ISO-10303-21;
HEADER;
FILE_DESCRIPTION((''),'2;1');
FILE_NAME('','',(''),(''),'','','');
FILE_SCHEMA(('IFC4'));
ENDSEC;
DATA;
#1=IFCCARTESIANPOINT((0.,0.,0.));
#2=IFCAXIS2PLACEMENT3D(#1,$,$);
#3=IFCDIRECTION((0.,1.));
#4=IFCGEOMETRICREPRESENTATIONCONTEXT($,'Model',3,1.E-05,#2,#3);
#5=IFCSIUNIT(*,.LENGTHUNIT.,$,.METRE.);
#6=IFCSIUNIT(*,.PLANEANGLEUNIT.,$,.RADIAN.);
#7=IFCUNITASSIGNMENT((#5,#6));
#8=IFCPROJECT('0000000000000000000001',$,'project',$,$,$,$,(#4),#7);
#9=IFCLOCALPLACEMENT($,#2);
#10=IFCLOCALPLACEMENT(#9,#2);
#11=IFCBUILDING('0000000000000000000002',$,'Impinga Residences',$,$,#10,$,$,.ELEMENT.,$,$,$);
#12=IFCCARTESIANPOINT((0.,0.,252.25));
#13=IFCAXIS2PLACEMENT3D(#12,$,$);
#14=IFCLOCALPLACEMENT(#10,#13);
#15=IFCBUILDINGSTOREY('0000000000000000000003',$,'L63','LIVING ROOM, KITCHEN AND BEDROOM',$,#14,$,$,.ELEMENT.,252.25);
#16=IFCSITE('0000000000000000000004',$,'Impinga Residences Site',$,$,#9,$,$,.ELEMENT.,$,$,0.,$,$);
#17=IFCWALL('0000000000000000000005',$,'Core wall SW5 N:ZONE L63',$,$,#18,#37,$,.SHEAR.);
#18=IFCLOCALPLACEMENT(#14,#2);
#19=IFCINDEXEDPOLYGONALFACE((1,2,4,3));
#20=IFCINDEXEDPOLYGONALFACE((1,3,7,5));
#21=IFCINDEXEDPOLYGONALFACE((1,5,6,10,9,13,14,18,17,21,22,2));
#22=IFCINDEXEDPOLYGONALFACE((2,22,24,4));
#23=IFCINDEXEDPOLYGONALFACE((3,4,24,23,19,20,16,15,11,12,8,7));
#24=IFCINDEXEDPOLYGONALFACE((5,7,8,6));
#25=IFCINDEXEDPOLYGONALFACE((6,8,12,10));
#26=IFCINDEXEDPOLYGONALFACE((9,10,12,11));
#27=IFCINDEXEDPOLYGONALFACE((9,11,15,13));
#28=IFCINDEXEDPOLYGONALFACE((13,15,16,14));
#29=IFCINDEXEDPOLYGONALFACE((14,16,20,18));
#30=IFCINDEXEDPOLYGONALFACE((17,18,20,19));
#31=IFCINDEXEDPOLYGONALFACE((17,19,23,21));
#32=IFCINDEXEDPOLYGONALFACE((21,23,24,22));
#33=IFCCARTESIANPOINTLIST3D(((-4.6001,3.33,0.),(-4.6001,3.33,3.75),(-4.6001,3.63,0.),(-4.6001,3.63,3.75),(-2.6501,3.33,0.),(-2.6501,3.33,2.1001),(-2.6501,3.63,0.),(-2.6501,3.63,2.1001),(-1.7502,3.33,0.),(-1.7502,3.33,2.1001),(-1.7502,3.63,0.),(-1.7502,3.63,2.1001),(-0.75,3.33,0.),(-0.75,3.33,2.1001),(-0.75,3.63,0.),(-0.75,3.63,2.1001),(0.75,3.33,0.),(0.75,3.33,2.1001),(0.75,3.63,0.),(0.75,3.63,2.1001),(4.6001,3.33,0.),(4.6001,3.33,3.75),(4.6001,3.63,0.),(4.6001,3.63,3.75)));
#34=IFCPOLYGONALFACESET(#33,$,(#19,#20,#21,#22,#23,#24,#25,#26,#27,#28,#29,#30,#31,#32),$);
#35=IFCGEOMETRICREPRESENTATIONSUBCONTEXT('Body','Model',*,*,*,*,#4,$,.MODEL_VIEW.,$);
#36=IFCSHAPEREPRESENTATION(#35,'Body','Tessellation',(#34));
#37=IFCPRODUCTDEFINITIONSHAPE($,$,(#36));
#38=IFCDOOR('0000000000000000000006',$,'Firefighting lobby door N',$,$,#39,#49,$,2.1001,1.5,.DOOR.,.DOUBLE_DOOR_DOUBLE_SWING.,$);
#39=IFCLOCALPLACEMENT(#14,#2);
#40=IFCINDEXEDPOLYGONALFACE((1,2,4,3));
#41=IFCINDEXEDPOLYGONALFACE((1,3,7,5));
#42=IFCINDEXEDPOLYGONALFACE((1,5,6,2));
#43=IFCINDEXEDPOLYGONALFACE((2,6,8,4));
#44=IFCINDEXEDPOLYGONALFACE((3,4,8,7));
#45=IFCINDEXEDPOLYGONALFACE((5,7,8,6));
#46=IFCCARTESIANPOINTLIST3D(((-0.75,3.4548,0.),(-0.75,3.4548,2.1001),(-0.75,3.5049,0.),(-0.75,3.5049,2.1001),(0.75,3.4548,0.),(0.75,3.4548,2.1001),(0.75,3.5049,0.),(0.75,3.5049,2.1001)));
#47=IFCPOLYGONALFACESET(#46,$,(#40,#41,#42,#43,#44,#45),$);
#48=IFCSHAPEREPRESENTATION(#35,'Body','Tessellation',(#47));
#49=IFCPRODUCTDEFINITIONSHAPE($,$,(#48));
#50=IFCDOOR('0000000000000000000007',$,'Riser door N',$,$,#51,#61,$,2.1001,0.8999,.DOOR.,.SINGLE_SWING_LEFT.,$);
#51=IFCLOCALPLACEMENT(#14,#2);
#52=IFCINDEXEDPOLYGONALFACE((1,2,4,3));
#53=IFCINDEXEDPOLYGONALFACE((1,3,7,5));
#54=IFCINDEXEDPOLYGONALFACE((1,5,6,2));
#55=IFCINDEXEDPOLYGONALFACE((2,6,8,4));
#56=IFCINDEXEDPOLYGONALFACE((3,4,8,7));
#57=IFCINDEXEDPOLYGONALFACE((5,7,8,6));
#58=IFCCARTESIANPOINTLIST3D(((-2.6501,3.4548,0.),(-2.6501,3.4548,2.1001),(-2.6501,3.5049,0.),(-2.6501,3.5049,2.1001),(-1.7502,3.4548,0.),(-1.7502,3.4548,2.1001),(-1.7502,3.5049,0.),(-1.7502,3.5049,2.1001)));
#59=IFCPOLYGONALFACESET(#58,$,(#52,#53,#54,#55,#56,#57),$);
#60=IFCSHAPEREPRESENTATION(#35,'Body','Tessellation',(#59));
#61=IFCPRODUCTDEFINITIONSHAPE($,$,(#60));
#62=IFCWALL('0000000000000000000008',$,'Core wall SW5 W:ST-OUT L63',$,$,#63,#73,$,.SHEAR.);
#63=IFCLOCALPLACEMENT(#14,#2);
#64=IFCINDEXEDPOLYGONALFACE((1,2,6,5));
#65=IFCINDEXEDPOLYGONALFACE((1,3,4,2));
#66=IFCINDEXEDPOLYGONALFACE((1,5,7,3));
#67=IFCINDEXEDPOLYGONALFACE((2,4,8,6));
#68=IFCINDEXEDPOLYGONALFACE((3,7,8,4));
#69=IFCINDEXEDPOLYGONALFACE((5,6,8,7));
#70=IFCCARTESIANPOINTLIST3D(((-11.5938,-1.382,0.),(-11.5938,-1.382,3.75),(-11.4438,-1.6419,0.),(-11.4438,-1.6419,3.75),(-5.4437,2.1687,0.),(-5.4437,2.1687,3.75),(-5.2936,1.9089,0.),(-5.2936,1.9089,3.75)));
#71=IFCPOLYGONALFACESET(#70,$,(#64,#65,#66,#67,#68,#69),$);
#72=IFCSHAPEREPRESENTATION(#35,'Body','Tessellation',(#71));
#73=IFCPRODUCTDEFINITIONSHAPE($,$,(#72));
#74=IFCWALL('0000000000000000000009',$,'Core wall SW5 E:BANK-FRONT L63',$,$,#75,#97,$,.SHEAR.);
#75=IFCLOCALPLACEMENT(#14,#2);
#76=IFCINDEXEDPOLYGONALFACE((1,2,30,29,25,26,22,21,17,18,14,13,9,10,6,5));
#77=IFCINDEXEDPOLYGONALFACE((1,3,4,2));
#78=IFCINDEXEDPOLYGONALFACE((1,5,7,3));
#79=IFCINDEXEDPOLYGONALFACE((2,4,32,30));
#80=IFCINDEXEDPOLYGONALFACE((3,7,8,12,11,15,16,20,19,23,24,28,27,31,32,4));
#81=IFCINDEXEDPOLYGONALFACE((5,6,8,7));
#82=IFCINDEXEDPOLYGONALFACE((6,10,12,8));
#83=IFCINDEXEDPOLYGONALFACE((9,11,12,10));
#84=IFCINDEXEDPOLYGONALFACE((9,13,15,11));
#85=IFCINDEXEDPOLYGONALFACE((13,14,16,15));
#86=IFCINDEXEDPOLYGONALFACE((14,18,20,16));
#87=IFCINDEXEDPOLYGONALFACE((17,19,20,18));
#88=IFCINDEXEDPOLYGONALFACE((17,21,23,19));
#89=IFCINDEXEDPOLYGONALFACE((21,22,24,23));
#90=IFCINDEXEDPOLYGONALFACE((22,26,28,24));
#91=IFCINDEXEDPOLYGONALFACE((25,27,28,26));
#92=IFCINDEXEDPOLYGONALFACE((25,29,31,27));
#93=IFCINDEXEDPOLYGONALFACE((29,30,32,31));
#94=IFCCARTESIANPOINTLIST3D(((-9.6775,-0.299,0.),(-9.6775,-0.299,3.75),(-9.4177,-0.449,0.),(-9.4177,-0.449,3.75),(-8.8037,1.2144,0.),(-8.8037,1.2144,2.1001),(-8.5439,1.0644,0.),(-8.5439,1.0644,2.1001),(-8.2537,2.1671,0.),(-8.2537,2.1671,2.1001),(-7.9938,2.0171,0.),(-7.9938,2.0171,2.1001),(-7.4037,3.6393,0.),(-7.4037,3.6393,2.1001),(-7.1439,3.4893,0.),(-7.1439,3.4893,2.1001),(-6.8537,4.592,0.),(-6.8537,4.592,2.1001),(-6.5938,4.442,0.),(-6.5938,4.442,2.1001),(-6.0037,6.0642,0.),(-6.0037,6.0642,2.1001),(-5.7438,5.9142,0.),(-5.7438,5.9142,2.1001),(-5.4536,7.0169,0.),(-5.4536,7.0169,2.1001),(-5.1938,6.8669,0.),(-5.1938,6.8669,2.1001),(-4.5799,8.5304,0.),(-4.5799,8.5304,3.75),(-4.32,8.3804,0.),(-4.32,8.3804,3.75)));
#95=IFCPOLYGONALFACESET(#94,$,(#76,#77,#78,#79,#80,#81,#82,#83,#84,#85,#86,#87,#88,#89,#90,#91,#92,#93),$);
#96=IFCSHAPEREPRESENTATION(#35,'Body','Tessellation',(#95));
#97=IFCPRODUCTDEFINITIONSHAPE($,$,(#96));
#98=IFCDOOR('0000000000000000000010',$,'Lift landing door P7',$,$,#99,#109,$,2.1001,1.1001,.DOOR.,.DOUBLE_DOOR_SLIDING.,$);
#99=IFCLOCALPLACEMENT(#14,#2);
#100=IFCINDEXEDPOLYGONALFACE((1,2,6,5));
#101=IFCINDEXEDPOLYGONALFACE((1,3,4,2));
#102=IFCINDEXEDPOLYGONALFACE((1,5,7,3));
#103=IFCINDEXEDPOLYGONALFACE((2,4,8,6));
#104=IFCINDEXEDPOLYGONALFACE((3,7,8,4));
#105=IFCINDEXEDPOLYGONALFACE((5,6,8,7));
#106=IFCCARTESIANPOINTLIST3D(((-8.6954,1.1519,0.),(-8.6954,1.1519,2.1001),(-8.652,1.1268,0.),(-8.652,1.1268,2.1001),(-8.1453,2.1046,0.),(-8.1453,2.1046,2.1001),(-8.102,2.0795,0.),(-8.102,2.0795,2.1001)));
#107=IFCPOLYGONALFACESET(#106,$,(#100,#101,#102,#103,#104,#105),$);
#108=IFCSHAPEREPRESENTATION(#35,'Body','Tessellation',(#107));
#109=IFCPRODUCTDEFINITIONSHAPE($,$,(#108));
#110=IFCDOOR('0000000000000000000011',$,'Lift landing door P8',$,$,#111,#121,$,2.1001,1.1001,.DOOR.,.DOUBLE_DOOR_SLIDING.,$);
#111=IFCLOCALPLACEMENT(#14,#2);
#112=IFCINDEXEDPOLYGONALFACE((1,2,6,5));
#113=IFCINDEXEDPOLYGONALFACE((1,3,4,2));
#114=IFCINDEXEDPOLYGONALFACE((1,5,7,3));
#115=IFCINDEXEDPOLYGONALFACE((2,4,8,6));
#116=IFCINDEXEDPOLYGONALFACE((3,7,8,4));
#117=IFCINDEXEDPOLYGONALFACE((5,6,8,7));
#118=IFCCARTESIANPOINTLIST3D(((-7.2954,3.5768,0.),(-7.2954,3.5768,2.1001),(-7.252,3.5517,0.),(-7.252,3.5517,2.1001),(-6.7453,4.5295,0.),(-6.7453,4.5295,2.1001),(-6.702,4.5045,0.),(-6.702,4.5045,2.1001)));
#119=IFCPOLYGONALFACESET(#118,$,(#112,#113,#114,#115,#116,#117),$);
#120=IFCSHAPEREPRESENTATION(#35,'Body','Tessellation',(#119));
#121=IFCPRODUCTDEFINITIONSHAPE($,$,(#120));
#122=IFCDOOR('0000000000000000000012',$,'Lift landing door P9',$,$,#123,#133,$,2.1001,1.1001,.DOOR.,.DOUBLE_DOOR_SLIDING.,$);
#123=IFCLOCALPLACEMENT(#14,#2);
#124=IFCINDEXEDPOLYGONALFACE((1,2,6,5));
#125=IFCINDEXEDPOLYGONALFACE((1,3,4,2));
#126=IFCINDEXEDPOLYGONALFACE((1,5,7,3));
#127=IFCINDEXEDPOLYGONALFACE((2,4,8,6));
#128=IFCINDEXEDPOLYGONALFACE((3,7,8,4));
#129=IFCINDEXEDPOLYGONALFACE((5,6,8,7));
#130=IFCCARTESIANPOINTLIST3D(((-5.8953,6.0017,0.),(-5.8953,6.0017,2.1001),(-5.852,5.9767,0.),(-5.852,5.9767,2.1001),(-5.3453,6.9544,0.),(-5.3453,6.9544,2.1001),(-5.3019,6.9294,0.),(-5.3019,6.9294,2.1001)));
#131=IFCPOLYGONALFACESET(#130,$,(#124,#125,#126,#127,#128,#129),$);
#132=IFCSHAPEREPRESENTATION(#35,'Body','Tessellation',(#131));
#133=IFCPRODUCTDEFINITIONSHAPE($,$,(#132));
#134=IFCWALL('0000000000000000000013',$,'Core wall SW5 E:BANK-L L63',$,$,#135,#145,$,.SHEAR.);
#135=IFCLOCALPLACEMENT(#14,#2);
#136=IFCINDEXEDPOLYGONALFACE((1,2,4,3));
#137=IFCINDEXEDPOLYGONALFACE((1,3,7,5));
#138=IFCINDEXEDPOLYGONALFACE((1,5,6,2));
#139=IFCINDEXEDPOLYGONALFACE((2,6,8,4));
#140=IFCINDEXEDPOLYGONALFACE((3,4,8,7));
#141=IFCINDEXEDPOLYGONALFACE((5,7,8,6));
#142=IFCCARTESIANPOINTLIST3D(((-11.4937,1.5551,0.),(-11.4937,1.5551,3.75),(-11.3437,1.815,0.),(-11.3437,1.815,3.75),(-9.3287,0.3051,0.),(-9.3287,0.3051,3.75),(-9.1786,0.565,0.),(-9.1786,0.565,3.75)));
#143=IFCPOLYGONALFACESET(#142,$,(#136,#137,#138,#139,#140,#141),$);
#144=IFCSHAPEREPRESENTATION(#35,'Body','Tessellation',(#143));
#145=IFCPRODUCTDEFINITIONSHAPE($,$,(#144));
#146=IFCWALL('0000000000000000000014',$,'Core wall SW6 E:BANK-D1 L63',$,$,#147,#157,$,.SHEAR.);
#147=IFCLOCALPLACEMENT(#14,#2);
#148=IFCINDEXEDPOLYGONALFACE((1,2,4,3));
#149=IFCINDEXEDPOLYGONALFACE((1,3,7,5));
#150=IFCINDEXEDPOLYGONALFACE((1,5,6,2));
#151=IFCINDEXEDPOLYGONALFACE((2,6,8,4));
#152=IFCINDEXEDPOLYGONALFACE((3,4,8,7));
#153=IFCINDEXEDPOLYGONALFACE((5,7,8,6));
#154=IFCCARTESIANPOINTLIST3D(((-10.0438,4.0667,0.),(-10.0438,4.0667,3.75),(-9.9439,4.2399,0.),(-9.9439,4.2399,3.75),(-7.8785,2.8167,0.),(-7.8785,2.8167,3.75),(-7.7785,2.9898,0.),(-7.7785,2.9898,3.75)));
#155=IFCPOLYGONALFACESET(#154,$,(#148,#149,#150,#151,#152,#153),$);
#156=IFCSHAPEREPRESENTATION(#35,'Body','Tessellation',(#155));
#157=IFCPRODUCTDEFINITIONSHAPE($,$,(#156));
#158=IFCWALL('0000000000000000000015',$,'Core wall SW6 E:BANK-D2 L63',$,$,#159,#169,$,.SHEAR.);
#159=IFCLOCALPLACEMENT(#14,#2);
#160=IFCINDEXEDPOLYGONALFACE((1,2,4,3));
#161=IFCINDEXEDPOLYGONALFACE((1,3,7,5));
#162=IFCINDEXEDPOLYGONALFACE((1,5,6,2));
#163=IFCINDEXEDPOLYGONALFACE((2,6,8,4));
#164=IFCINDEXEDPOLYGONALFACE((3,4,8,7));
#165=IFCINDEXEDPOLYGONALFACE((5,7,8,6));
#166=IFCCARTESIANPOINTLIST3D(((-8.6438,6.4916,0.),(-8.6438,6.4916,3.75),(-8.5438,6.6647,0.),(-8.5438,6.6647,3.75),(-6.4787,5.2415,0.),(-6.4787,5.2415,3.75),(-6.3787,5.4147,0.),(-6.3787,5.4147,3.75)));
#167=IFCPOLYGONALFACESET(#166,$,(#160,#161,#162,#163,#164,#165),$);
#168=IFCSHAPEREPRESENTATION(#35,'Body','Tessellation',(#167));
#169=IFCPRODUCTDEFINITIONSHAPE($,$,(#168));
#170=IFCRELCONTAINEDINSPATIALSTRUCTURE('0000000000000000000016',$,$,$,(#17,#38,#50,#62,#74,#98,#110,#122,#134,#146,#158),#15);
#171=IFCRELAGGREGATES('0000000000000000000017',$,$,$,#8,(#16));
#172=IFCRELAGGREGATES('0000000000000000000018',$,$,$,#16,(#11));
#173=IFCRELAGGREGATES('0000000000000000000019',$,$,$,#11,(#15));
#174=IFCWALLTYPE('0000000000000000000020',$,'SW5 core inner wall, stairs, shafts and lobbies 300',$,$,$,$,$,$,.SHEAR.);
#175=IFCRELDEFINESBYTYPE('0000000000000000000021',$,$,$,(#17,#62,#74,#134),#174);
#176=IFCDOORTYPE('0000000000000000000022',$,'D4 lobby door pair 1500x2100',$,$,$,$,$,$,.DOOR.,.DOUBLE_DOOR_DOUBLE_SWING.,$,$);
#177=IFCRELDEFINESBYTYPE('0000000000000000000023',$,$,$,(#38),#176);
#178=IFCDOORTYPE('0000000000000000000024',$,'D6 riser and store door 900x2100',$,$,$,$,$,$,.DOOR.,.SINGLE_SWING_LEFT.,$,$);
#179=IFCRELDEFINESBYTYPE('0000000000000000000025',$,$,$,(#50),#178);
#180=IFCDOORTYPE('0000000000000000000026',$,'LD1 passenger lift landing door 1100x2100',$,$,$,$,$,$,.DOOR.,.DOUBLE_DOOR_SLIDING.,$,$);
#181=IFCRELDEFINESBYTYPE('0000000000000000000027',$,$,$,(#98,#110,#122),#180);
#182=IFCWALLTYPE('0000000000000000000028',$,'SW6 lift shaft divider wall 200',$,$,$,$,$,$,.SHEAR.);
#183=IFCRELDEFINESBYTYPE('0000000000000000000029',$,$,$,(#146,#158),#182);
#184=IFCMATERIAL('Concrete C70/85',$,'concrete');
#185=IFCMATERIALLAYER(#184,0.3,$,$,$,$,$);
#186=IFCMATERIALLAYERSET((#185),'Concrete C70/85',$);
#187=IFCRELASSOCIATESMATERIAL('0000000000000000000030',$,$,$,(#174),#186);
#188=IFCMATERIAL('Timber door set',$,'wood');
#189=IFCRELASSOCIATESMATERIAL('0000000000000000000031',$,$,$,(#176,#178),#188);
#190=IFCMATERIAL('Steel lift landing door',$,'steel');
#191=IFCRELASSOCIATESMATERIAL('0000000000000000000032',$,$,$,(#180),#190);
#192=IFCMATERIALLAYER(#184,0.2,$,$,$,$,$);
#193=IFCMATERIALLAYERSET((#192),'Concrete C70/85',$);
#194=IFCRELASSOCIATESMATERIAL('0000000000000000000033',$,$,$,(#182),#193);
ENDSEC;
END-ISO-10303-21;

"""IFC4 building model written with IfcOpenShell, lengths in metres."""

from ifc_helpers import new_model, si_unit, direction, frame, frame_2d, origin, place, context, subcontext, project, spatial, rectangle, extrude, material, layer, layer_set, type_object, element, fill, save


model = new_model("IFC4")

# Units and contexts
model_context = context("Model", 3, precision=1e-05, world=origin(), true_north=direction((0.0, 1.0)))
body_context = subcontext(model_context, "Body", "Model", "MODEL_VIEW")
ifc_project = project(units=[si_unit("LENGTHUNIT", "METRE"), si_unit("PLANEANGLEUNIT", "RADIAN")], contexts=[model_context])

# Site, building, storey
site_placement = place(None, origin())
site = spatial("IfcSite", under=ifc_project, at=site_placement, Name="Impinga Residences Site", CompositionType="ELEMENT", RefElevation=0.0)
building_placement = place(site_placement, origin())
building = spatial("IfcBuilding", under=site, at=building_placement, Name="Impinga Residences", CompositionType="ELEMENT")
storey_placement = place(building_placement, frame((0.0, 0.0, 252.25)))
storey = spatial("IfcBuildingStorey", under=building, at=storey_placement, Name="L63", Description="LIVING ROOM, KITCHEN AND BEDROOM", CompositionType="ELEMENT", Elevation=252.25)

# Shared definitions
ifc_material_1 = material(Name="Timber door set", Category="wood")

# Wall, openings, doors
ifc_material_2 = material(Name="Concrete C70/85", Category="concrete")
ifc_layer_1 = layer(ifc_material_2, 0.3)
ifc_layer_set_1 = layer_set([ifc_layer_1], Name="Concrete C70/85")
wall_type_1 = type_object("IfcWallType", Name="SW5 core inner wall, stairs, shafts and lobbies 300", PredefinedType="SHEAR", material=ifc_layer_set_1)
wall_1_placement = place(storey_placement, frame((-4.6001, 3.48, 0.0), z_axis=(0.0, 0.0, 1.0), x_axis=(1.0, 0.0, 0.0)))
wall_1 = element("IfcWall", 1, at=wall_1_placement, inside=storey, type_object=wall_type_1, Name="Core wall SW5 N:ZONE L63", PredefinedType="SHEAR", context=body_context, shape_type="SweptSolid", body=[
    extrude(rectangle(XDim=9.2002, YDim=0.3, at=frame_2d((4.6001, 0.0))), origin(), (0.0, 0.0, 1.0), 3.75),
])
opening_1_placement = place(wall_1_placement, frame((3.8501, 0.0, 0.0)))
opening_1 = element("IfcOpeningElement", 2, at=opening_1_placement, cuts=wall_1, PredefinedType="OPENING", context=body_context, shape_type="SweptSolid", body=[
    extrude(rectangle(XDim=1.5, YDim=2.1001, at=frame_2d((0.75, 1.05))), frame((0.0, 0.1599, 0.0), z_axis=(0.0, -1.0, 0.0), x_axis=(1.0, 0.0, 0.0)), (0.0, 0.0, 1.0), 0.3201),
])
opening_2_placement = place(wall_1_placement, frame((1.95, 0.0, 0.0)))
opening_2 = element("IfcOpeningElement", 3, at=opening_2_placement, cuts=wall_1, PredefinedType="OPENING", context=body_context, shape_type="SweptSolid", body=[
    extrude(rectangle(XDim=0.8999, YDim=2.1001, at=frame_2d((0.45, 1.05))), frame((0.0, 0.1599, 0.0), z_axis=(0.0, -1.0, 0.0), x_axis=(1.0, 0.0, 0.0)), (0.0, 0.0, 1.0), 0.3201),
])
door_type_1 = type_object("IfcDoorType", Name="D4 lobby door pair 1500x2100", OperationType="DOUBLE_DOOR_DOUBLE_SWING", PredefinedType="DOOR", material=ifc_material_1)
door_1_placement = place(opening_1_placement, origin())
door_1 = element("IfcDoor", 4, at=door_1_placement, inside=storey, type_object=door_type_1, Name="Firefighting lobby door N", OperationType="DOUBLE_DOOR_DOUBLE_SWING", OverallHeight=2.1001, OverallWidth=1.5, PredefinedType="DOOR", context=body_context, shape_type="SweptSolid", body=[
    extrude(rectangle(XDim=1.5, YDim=2.1001, at=frame_2d((0.75, 1.05))), frame((0.0, 0.0249, 0.0), z_axis=(0.0, -1.0, 0.0), x_axis=(1.0, 0.0, 0.0)), (0.0, 0.0, 1.0), 0.05),
])
fill(opening_1, door_1)
door_type_2 = type_object("IfcDoorType", Name="D6 riser and store door 900x2100", OperationType="SINGLE_SWING_LEFT", PredefinedType="DOOR", material=ifc_material_1)
door_2_placement = place(opening_2_placement, origin())
door_2 = element("IfcDoor", 5, at=door_2_placement, inside=storey, type_object=door_type_2, Name="Riser door N", OperationType="SINGLE_SWING_LEFT", OverallHeight=2.1001, OverallWidth=0.8999, PredefinedType="DOOR", context=body_context, shape_type="SweptSolid", body=[
    extrude(rectangle(XDim=0.8999, YDim=2.1001, at=frame_2d((0.45, 1.05))), frame((0.0, 0.0249, 0.0), z_axis=(0.0, -1.0, 0.0), x_axis=(1.0, 0.0, 0.0)), (0.0, 0.0, 1.0), 0.05),
])
fill(opening_2, door_2)

# Wall
wall_2_placement = place(storey_placement, frame((-5.3687, 2.0388, 0.0), z_axis=(0.0, 0.0, 1.0), x_axis=(-0.866026, -0.499999, 0.0)))
element("IfcWall", 6, at=wall_2_placement, inside=storey, type_object=wall_type_1, Name="Core wall SW5 W:ST-OUT L63", PredefinedType="SHEAR", context=body_context, shape_type="SweptSolid", body=[
    extrude(rectangle(XDim=7.1016, YDim=0.3, at=frame_2d((3.5508, 0.0))), origin(), (0.0, 0.0, 1.0), 3.75),
])

# Wall, openings, doors
wall_3_placement = place(storey_placement, frame((-9.5476, -0.374, 0.0), z_axis=(0.0, 0.0, 1.0), x_axis=(0.500002, 0.866024, 0.0)))
wall_3 = element("IfcWall", 7, at=wall_3_placement, inside=storey, type_object=wall_type_1, Name="Core wall SW5 E:BANK-FRONT L63", PredefinedType="SHEAR", context=body_context, shape_type="SweptSolid", body=[
    extrude(rectangle(XDim=10.1953, YDim=0.3, at=frame_2d((5.0977, 0.0))), origin(), (0.0, 0.0, 1.0), 3.75),
])
opening_3_placement = place(wall_3_placement, frame((1.7476, 0.0, 0.0)))
opening_3 = element("IfcOpeningElement", 8, at=opening_3_placement, cuts=wall_3, PredefinedType="OPENING", context=body_context, shape_type="SweptSolid", body=[
    extrude(rectangle(XDim=1.1001, YDim=2.1001, at=frame_2d((0.55, 1.05))), frame((0.0, 0.1599, 0.0), z_axis=(0.0, -1.0, 0.0), x_axis=(1.0, 0.0, 0.0)), (0.0, 0.0, 1.0), 0.3201),
])
opening_4_placement = place(wall_3_placement, frame((4.5476, 0.0, 0.0)))
opening_4 = element("IfcOpeningElement", 9, at=opening_4_placement, cuts=wall_3, PredefinedType="OPENING", context=body_context, shape_type="SweptSolid", body=[
    extrude(rectangle(XDim=1.1001, YDim=2.1001, at=frame_2d((0.55, 1.05))), frame((0.0, 0.1599, 0.0), z_axis=(0.0, -1.0, 0.0), x_axis=(1.0, 0.0, 0.0)), (0.0, 0.0, 1.0), 0.3201),
])
opening_5_placement = place(wall_3_placement, frame((7.3477, 0.0, 0.0)))
opening_5 = element("IfcOpeningElement", 10, at=opening_5_placement, cuts=wall_3, PredefinedType="OPENING", context=body_context, shape_type="SweptSolid", body=[
    extrude(rectangle(XDim=1.1001, YDim=2.1001, at=frame_2d((0.55, 1.05))), frame((0.0, 0.1599, 0.0), z_axis=(0.0, -1.0, 0.0), x_axis=(1.0, 0.0, 0.0)), (0.0, 0.0, 1.0), 0.3201),
])
ifc_material_3 = material(Name="Steel lift landing door", Category="steel")
door_type_3 = type_object("IfcDoorType", Name="LD1 passenger lift landing door 1100x2100", OperationType="DOUBLE_DOOR_SLIDING", PredefinedType="DOOR", material=ifc_material_3)
door_3_placement = place(opening_3_placement, origin())
door_3 = element("IfcDoor", 11, at=door_3_placement, inside=storey, type_object=door_type_3, Name="Lift landing door P7", OperationType="DOUBLE_DOOR_SLIDING", OverallHeight=2.1001, OverallWidth=1.1001, PredefinedType="DOOR", context=body_context, shape_type="SweptSolid", body=[
    extrude(rectangle(XDim=1.1001, YDim=2.1001, at=frame_2d((0.55, 1.05))), frame((0.0, 0.0249, 0.0), z_axis=(0.0, -1.0, 0.0), x_axis=(1.0, 0.0, 0.0)), (0.0, 0.0, 1.0), 0.05),
])
fill(opening_3, door_3)
door_4_placement = place(opening_4_placement, origin())
door_4 = element("IfcDoor", 12, at=door_4_placement, inside=storey, type_object=door_type_3, Name="Lift landing door P8", OperationType="DOUBLE_DOOR_SLIDING", OverallHeight=2.1001, OverallWidth=1.1001, PredefinedType="DOOR", context=body_context, shape_type="SweptSolid", body=[
    extrude(rectangle(XDim=1.1001, YDim=2.1001, at=frame_2d((0.55, 1.05))), frame((0.0, 0.0249, 0.0), z_axis=(0.0, -1.0, 0.0), x_axis=(1.0, 0.0, 0.0)), (0.0, 0.0, 1.0), 0.05),
])
fill(opening_4, door_4)
door_5_placement = place(opening_5_placement, origin())
door_5 = element("IfcDoor", 13, at=door_5_placement, inside=storey, type_object=door_type_3, Name="Lift landing door P9", OperationType="DOUBLE_DOOR_SLIDING", OverallHeight=2.1001, OverallWidth=1.1001, PredefinedType="DOOR", context=body_context, shape_type="SweptSolid", body=[
    extrude(rectangle(XDim=1.1001, YDim=2.1001, at=frame_2d((0.55, 1.05))), frame((0.0, 0.0249, 0.0), z_axis=(0.0, -1.0, 0.0), x_axis=(1.0, 0.0, 0.0)), (0.0, 0.0, 1.0), 0.05),
])
fill(opening_5, door_5)

# Walls
wall_4_placement = place(storey_placement, frame((-9.2537, 0.4351, 0.0), z_axis=(0.0, 0.0, 1.0), x_axis=(-0.866023, 0.500004, 0.0)))
element("IfcWall", 14, at=wall_4_placement, inside=storey, type_object=wall_type_1, Name="Core wall SW5 E:BANK-L L63", PredefinedType="SHEAR", context=body_context, shape_type="SweptSolid", body=[
    extrude(rectangle(XDim=2.5, YDim=0.3, at=frame_2d((1.25, 0.0))), origin(), (0.0, 0.0, 1.0), 3.75),
])
ifc_layer_2 = layer(ifc_material_2, 0.2)
ifc_layer_set_2 = layer_set([ifc_layer_2], Name="Concrete C70/85")
wall_type_2 = type_object("IfcWallType", Name="SW6 lift shaft divider wall 200", PredefinedType="SHEAR", material=ifc_layer_set_2)
wall_5_placement = place(storey_placement, frame((-7.8286, 2.9033, 0.0), z_axis=(0.0, 0.0, 1.0), x_axis=(-0.866047, 0.499962, 0.0)))
element("IfcWall", 15, at=wall_5_placement, inside=storey, type_object=wall_type_2, Name="Core wall SW6 E:BANK-D1 L63", PredefinedType="SHEAR", context=body_context, shape_type="SweptSolid", body=[
    extrude(rectangle(XDim=2.5002, YDim=0.2, at=frame_2d((1.25, 0.0))), origin(), (0.0, 0.0, 1.0), 3.75),
])
wall_6_placement = place(storey_placement, frame((-6.4287, 5.3281, 0.0), z_axis=(0.0, 0.0, 1.0), x_axis=(-0.866023, 0.500004, 0.0)))
element("IfcWall", 16, at=wall_6_placement, inside=storey, type_object=wall_type_2, Name="Core wall SW6 E:BANK-D2 L63", PredefinedType="SHEAR", context=body_context, shape_type="SweptSolid", body=[
    extrude(rectangle(XDim=2.5, YDim=0.2, at=frame_2d((1.25, 0.0))), origin(), (0.0, 0.0, 1.0), 3.75),
])

save(model, "model.ifc")
